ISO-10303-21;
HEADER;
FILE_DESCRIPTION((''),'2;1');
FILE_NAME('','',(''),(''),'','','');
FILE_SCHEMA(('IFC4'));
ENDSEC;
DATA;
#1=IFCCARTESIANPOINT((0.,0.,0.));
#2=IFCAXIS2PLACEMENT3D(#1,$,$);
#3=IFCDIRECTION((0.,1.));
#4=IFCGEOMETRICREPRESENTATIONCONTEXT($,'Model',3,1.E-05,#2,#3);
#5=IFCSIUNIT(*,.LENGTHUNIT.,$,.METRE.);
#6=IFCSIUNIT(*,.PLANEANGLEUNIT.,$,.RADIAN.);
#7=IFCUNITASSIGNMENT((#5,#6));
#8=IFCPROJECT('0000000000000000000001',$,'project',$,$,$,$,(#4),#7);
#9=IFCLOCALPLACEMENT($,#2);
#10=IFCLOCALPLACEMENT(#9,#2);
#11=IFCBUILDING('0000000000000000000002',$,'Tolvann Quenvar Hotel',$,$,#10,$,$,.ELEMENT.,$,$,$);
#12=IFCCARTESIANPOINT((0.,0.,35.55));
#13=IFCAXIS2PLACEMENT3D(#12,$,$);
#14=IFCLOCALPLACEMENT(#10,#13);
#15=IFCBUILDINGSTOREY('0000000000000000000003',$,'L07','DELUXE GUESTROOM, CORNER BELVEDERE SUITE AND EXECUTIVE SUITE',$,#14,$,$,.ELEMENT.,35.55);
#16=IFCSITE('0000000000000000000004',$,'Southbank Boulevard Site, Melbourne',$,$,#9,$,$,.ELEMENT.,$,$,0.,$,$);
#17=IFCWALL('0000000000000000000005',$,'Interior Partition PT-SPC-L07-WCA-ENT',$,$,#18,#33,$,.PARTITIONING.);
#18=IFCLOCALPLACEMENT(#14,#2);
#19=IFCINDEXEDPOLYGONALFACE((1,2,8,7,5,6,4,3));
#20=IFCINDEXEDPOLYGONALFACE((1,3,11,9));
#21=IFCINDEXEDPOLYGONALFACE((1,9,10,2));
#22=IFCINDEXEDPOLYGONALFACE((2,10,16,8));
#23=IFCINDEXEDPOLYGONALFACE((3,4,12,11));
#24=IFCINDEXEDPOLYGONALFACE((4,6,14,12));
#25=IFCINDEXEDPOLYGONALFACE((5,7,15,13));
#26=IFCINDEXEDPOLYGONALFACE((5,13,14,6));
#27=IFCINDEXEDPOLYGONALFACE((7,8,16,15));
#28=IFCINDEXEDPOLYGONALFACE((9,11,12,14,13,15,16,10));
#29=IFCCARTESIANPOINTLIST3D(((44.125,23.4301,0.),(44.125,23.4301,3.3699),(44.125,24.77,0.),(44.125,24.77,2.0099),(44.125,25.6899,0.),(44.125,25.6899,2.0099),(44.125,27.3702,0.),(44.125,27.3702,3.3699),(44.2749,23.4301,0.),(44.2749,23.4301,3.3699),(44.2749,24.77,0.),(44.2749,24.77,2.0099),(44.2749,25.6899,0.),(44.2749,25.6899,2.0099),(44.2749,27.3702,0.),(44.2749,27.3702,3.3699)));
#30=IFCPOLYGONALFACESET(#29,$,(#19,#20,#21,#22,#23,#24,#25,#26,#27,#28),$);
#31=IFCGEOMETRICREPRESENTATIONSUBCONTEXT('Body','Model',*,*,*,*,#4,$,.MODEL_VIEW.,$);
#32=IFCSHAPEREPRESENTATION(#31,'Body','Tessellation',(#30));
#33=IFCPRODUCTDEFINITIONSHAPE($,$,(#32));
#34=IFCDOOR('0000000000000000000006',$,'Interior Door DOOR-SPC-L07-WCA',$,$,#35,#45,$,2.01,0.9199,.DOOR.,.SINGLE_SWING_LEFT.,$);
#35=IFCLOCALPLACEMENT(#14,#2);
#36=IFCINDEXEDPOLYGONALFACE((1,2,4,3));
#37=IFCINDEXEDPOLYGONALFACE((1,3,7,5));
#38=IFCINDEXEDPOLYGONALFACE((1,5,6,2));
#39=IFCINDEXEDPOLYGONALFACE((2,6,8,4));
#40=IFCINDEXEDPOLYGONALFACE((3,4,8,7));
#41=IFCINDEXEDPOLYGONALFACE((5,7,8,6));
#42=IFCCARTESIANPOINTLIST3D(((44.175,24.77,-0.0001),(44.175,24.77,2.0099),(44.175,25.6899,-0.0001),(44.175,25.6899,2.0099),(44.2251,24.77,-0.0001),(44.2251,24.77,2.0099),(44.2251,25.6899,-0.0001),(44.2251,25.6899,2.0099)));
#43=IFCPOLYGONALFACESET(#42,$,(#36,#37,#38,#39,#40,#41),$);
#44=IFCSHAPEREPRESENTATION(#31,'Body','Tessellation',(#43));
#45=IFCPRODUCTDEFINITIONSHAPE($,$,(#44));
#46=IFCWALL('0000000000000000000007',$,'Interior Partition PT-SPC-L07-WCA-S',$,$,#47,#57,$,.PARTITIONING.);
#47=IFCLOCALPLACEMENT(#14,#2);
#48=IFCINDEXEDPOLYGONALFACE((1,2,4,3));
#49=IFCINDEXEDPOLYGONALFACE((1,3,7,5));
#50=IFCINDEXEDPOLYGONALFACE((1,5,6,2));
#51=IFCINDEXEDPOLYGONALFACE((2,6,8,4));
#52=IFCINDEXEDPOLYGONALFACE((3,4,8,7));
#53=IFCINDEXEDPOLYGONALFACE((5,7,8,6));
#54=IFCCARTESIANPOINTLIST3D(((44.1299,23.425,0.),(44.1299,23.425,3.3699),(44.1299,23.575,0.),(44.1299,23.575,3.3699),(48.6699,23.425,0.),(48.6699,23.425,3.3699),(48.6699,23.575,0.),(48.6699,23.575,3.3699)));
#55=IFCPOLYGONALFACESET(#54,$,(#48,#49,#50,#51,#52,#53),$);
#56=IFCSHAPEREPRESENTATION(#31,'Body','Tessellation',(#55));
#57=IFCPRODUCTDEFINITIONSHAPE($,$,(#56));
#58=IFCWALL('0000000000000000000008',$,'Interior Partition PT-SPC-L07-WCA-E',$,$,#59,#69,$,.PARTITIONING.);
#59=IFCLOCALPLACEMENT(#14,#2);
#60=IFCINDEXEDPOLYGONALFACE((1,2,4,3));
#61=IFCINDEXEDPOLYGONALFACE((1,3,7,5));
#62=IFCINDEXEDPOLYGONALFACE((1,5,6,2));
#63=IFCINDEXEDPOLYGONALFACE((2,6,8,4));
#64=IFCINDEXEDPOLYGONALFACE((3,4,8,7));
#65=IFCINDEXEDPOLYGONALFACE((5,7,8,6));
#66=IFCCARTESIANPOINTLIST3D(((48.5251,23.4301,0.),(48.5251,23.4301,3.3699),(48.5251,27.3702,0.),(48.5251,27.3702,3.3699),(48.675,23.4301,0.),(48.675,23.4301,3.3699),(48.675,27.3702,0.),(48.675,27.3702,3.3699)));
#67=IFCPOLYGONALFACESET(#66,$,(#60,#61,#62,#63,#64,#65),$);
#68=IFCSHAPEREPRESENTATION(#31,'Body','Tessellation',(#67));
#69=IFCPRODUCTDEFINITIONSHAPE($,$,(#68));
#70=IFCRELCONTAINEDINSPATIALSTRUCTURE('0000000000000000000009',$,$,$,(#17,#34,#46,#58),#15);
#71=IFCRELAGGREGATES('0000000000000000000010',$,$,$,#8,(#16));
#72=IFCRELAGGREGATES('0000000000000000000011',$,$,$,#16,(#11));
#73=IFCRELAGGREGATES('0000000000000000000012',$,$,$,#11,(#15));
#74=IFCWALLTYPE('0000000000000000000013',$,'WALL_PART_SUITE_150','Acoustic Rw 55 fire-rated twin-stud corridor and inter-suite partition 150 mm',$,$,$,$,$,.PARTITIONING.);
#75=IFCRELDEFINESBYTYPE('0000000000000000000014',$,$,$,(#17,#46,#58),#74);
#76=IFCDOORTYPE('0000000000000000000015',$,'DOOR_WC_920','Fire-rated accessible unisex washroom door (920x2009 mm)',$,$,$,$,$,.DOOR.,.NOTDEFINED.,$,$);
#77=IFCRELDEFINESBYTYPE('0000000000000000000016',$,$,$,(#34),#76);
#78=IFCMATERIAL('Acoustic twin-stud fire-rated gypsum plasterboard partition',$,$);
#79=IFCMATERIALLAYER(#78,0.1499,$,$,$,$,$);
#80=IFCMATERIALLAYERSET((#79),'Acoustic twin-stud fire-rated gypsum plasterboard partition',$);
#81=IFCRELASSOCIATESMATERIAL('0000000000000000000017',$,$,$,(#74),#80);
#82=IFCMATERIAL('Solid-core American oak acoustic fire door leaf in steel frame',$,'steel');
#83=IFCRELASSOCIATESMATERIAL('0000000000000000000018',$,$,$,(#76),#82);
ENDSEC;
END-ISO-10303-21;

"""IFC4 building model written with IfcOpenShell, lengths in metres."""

from ifc_helpers import new_model, si_unit, direction, frame, frame_2d, origin, place, context, subcontext, project, spatial, rectangle, extrude, source, transform, mapped, material, layer, layer_set, type_object, type_shapes, element, fill, save


model = new_model("IFC4")

# Units and contexts
model_context = context("Model", 3, precision=1e-05, world=origin(), true_north=direction((0.0, 1.0)))
body_context = subcontext(model_context, "Body", "Model", "MODEL_VIEW")
ifc_project = project(units=[si_unit("LENGTHUNIT", "METRE"), si_unit("PLANEANGLEUNIT", "RADIAN")], contexts=[model_context])

# Site, building, storey
site_placement = place(None, origin())
site = spatial("IfcSite", under=ifc_project, at=site_placement, Name="Southbank Boulevard Site, Melbourne", CompositionType="ELEMENT", RefElevation=0.0)
building_placement = place(site_placement, origin())
building = spatial("IfcBuilding", under=site, at=building_placement, Name="Tolvann Quenvar Hotel", CompositionType="ELEMENT")
storey_placement = place(building_placement, frame((0.0, 0.0, 35.55)))
storey = spatial("IfcBuildingStorey", under=building, at=storey_placement, Name="L07", Description="DELUXE GUESTROOM, CORNER BELVEDERE SUITE AND EXECUTIVE SUITE", CompositionType="ELEMENT", Elevation=35.55)

# Shared definitions
ifc_material_1 = material(Name="Acoustic twin-stud fire-rated gypsum plasterboard partition")
ifc_layer_1 = layer(ifc_material_1, 0.1499)
ifc_layer_set_1 = layer_set([ifc_layer_1], Name="Acoustic twin-stud fire-rated gypsum plasterboard partition")
wall_type_1 = type_object("IfcWallType", Name="WALL_PART_SUITE_150", Description="Acoustic Rw 55 fire-rated twin-stud corridor and inter-suite partition 150 mm", PredefinedType="PARTITIONING", material=ifc_layer_set_1)
ifc_material_2 = material(Name="Solid-core American oak acoustic fire door leaf in steel frame", Category="steel")
door_type_1 = type_object("IfcDoorType", Name="DOOR_WC_920", Description="Fire-rated accessible unisex washroom door (920x2009 mm)", OperationType="NOTDEFINED", PredefinedType="DOOR", material=ifc_material_2)
shared_shape_1 = source(origin(), body_context, "Body", "SweptSolid", [
    extrude(rectangle(XDim=0.9199, YDim=2.01, at=frame_2d((0.46, 1.0049))), frame((0.0, 0.0249, 0.0), z_axis=(0.0, -1.0, 0.0), x_axis=(1.0, 0.0, 0.0)), (0.0, 0.0, 1.0), 0.05),
])
type_shapes(door_type_1, [shared_shape_1])

# Wall, opening, door
wall_1_placement = place(storey_placement, frame((44.2, 23.4299, 0.0), z_axis=(0.0, 0.0, 1.0), x_axis=(0.0, 1.0, 0.0)))
wall_1 = element("IfcWall", 1, at=wall_1_placement, inside=storey, type_object=wall_type_1, Name="Interior Partition PT-SPC-L07-WCA-ENT", PredefinedType="PARTITIONING", context=body_context, shape_type="SweptSolid", body=[
    extrude(rectangle(XDim=3.9402, YDim=0.1499, at=frame_2d((1.9702, 0.0))), origin(), (0.0, 0.0, 1.0), 3.3699),
])
opening_1_placement = place(wall_1_placement, frame((1.3401, 0.0, 0.0)))
opening_1 = element("IfcOpeningElement", 2, at=opening_1_placement, cuts=wall_1, PredefinedType="OPENING", context=body_context, shape_type="SweptSolid", body=[
    extrude(rectangle(XDim=0.9199, YDim=2.01, at=frame_2d((0.46, 1.0049))), frame((0.0, 0.085, 0.0), z_axis=(0.0, -1.0, 0.0), x_axis=(1.0, 0.0, 0.0)), (0.0, 0.0, 1.0), 0.1699),
])
door_1_placement = place(opening_1_placement, origin())
door_1 = element("IfcDoor", 3, at=door_1_placement, inside=storey, type_object=door_type_1, Name="Interior Door DOOR-SPC-L07-WCA", OperationType="SINGLE_SWING_LEFT", OverallHeight=2.01, OverallWidth=0.9199, PredefinedType="DOOR", context=body_context, shape_type="MappedRepresentation", body=[
    mapped(shared_shape_1, transform((0.0, 0.0, 0.0), x_axis=(1.0, 0.0, 0.0), y_axis=(0.0, 1.0, 0.0), z_axis=(0.0, 0.0, 1.0), scale=1.0)),
])
fill(opening_1, door_1)

# Walls
wall_2_placement = place(storey_placement, frame((44.1299, 23.5, 0.0), z_axis=(0.0, 0.0, 1.0), x_axis=(1.0, 0.0, 0.0)))
element("IfcWall", 4, at=wall_2_placement, inside=storey, type_object=wall_type_1, Name="Interior Partition PT-SPC-L07-WCA-S", PredefinedType="PARTITIONING", context=body_context, shape_type="SweptSolid", body=[
    extrude(rectangle(XDim=4.54, YDim=0.1499, at=frame_2d((2.27, 0.0))), origin(), (0.0, 0.0, 1.0), 3.3699),
])
wall_3_placement = place(storey_placement, frame((48.6001, 23.4299, 0.0), z_axis=(0.0, 0.0, 1.0), x_axis=(0.0, 1.0, 0.0)))
element("IfcWall", 5, at=wall_3_placement, inside=storey, type_object=wall_type_1, Name="Interior Partition PT-SPC-L07-WCA-E", PredefinedType="PARTITIONING", context=body_context, shape_type="SweptSolid", body=[
    extrude(rectangle(XDim=3.9402, YDim=0.1499, at=frame_2d((1.9702, 0.0))), origin(), (0.0, 0.0, 1.0), 3.3699),
])

save(model, "model.ifc")
